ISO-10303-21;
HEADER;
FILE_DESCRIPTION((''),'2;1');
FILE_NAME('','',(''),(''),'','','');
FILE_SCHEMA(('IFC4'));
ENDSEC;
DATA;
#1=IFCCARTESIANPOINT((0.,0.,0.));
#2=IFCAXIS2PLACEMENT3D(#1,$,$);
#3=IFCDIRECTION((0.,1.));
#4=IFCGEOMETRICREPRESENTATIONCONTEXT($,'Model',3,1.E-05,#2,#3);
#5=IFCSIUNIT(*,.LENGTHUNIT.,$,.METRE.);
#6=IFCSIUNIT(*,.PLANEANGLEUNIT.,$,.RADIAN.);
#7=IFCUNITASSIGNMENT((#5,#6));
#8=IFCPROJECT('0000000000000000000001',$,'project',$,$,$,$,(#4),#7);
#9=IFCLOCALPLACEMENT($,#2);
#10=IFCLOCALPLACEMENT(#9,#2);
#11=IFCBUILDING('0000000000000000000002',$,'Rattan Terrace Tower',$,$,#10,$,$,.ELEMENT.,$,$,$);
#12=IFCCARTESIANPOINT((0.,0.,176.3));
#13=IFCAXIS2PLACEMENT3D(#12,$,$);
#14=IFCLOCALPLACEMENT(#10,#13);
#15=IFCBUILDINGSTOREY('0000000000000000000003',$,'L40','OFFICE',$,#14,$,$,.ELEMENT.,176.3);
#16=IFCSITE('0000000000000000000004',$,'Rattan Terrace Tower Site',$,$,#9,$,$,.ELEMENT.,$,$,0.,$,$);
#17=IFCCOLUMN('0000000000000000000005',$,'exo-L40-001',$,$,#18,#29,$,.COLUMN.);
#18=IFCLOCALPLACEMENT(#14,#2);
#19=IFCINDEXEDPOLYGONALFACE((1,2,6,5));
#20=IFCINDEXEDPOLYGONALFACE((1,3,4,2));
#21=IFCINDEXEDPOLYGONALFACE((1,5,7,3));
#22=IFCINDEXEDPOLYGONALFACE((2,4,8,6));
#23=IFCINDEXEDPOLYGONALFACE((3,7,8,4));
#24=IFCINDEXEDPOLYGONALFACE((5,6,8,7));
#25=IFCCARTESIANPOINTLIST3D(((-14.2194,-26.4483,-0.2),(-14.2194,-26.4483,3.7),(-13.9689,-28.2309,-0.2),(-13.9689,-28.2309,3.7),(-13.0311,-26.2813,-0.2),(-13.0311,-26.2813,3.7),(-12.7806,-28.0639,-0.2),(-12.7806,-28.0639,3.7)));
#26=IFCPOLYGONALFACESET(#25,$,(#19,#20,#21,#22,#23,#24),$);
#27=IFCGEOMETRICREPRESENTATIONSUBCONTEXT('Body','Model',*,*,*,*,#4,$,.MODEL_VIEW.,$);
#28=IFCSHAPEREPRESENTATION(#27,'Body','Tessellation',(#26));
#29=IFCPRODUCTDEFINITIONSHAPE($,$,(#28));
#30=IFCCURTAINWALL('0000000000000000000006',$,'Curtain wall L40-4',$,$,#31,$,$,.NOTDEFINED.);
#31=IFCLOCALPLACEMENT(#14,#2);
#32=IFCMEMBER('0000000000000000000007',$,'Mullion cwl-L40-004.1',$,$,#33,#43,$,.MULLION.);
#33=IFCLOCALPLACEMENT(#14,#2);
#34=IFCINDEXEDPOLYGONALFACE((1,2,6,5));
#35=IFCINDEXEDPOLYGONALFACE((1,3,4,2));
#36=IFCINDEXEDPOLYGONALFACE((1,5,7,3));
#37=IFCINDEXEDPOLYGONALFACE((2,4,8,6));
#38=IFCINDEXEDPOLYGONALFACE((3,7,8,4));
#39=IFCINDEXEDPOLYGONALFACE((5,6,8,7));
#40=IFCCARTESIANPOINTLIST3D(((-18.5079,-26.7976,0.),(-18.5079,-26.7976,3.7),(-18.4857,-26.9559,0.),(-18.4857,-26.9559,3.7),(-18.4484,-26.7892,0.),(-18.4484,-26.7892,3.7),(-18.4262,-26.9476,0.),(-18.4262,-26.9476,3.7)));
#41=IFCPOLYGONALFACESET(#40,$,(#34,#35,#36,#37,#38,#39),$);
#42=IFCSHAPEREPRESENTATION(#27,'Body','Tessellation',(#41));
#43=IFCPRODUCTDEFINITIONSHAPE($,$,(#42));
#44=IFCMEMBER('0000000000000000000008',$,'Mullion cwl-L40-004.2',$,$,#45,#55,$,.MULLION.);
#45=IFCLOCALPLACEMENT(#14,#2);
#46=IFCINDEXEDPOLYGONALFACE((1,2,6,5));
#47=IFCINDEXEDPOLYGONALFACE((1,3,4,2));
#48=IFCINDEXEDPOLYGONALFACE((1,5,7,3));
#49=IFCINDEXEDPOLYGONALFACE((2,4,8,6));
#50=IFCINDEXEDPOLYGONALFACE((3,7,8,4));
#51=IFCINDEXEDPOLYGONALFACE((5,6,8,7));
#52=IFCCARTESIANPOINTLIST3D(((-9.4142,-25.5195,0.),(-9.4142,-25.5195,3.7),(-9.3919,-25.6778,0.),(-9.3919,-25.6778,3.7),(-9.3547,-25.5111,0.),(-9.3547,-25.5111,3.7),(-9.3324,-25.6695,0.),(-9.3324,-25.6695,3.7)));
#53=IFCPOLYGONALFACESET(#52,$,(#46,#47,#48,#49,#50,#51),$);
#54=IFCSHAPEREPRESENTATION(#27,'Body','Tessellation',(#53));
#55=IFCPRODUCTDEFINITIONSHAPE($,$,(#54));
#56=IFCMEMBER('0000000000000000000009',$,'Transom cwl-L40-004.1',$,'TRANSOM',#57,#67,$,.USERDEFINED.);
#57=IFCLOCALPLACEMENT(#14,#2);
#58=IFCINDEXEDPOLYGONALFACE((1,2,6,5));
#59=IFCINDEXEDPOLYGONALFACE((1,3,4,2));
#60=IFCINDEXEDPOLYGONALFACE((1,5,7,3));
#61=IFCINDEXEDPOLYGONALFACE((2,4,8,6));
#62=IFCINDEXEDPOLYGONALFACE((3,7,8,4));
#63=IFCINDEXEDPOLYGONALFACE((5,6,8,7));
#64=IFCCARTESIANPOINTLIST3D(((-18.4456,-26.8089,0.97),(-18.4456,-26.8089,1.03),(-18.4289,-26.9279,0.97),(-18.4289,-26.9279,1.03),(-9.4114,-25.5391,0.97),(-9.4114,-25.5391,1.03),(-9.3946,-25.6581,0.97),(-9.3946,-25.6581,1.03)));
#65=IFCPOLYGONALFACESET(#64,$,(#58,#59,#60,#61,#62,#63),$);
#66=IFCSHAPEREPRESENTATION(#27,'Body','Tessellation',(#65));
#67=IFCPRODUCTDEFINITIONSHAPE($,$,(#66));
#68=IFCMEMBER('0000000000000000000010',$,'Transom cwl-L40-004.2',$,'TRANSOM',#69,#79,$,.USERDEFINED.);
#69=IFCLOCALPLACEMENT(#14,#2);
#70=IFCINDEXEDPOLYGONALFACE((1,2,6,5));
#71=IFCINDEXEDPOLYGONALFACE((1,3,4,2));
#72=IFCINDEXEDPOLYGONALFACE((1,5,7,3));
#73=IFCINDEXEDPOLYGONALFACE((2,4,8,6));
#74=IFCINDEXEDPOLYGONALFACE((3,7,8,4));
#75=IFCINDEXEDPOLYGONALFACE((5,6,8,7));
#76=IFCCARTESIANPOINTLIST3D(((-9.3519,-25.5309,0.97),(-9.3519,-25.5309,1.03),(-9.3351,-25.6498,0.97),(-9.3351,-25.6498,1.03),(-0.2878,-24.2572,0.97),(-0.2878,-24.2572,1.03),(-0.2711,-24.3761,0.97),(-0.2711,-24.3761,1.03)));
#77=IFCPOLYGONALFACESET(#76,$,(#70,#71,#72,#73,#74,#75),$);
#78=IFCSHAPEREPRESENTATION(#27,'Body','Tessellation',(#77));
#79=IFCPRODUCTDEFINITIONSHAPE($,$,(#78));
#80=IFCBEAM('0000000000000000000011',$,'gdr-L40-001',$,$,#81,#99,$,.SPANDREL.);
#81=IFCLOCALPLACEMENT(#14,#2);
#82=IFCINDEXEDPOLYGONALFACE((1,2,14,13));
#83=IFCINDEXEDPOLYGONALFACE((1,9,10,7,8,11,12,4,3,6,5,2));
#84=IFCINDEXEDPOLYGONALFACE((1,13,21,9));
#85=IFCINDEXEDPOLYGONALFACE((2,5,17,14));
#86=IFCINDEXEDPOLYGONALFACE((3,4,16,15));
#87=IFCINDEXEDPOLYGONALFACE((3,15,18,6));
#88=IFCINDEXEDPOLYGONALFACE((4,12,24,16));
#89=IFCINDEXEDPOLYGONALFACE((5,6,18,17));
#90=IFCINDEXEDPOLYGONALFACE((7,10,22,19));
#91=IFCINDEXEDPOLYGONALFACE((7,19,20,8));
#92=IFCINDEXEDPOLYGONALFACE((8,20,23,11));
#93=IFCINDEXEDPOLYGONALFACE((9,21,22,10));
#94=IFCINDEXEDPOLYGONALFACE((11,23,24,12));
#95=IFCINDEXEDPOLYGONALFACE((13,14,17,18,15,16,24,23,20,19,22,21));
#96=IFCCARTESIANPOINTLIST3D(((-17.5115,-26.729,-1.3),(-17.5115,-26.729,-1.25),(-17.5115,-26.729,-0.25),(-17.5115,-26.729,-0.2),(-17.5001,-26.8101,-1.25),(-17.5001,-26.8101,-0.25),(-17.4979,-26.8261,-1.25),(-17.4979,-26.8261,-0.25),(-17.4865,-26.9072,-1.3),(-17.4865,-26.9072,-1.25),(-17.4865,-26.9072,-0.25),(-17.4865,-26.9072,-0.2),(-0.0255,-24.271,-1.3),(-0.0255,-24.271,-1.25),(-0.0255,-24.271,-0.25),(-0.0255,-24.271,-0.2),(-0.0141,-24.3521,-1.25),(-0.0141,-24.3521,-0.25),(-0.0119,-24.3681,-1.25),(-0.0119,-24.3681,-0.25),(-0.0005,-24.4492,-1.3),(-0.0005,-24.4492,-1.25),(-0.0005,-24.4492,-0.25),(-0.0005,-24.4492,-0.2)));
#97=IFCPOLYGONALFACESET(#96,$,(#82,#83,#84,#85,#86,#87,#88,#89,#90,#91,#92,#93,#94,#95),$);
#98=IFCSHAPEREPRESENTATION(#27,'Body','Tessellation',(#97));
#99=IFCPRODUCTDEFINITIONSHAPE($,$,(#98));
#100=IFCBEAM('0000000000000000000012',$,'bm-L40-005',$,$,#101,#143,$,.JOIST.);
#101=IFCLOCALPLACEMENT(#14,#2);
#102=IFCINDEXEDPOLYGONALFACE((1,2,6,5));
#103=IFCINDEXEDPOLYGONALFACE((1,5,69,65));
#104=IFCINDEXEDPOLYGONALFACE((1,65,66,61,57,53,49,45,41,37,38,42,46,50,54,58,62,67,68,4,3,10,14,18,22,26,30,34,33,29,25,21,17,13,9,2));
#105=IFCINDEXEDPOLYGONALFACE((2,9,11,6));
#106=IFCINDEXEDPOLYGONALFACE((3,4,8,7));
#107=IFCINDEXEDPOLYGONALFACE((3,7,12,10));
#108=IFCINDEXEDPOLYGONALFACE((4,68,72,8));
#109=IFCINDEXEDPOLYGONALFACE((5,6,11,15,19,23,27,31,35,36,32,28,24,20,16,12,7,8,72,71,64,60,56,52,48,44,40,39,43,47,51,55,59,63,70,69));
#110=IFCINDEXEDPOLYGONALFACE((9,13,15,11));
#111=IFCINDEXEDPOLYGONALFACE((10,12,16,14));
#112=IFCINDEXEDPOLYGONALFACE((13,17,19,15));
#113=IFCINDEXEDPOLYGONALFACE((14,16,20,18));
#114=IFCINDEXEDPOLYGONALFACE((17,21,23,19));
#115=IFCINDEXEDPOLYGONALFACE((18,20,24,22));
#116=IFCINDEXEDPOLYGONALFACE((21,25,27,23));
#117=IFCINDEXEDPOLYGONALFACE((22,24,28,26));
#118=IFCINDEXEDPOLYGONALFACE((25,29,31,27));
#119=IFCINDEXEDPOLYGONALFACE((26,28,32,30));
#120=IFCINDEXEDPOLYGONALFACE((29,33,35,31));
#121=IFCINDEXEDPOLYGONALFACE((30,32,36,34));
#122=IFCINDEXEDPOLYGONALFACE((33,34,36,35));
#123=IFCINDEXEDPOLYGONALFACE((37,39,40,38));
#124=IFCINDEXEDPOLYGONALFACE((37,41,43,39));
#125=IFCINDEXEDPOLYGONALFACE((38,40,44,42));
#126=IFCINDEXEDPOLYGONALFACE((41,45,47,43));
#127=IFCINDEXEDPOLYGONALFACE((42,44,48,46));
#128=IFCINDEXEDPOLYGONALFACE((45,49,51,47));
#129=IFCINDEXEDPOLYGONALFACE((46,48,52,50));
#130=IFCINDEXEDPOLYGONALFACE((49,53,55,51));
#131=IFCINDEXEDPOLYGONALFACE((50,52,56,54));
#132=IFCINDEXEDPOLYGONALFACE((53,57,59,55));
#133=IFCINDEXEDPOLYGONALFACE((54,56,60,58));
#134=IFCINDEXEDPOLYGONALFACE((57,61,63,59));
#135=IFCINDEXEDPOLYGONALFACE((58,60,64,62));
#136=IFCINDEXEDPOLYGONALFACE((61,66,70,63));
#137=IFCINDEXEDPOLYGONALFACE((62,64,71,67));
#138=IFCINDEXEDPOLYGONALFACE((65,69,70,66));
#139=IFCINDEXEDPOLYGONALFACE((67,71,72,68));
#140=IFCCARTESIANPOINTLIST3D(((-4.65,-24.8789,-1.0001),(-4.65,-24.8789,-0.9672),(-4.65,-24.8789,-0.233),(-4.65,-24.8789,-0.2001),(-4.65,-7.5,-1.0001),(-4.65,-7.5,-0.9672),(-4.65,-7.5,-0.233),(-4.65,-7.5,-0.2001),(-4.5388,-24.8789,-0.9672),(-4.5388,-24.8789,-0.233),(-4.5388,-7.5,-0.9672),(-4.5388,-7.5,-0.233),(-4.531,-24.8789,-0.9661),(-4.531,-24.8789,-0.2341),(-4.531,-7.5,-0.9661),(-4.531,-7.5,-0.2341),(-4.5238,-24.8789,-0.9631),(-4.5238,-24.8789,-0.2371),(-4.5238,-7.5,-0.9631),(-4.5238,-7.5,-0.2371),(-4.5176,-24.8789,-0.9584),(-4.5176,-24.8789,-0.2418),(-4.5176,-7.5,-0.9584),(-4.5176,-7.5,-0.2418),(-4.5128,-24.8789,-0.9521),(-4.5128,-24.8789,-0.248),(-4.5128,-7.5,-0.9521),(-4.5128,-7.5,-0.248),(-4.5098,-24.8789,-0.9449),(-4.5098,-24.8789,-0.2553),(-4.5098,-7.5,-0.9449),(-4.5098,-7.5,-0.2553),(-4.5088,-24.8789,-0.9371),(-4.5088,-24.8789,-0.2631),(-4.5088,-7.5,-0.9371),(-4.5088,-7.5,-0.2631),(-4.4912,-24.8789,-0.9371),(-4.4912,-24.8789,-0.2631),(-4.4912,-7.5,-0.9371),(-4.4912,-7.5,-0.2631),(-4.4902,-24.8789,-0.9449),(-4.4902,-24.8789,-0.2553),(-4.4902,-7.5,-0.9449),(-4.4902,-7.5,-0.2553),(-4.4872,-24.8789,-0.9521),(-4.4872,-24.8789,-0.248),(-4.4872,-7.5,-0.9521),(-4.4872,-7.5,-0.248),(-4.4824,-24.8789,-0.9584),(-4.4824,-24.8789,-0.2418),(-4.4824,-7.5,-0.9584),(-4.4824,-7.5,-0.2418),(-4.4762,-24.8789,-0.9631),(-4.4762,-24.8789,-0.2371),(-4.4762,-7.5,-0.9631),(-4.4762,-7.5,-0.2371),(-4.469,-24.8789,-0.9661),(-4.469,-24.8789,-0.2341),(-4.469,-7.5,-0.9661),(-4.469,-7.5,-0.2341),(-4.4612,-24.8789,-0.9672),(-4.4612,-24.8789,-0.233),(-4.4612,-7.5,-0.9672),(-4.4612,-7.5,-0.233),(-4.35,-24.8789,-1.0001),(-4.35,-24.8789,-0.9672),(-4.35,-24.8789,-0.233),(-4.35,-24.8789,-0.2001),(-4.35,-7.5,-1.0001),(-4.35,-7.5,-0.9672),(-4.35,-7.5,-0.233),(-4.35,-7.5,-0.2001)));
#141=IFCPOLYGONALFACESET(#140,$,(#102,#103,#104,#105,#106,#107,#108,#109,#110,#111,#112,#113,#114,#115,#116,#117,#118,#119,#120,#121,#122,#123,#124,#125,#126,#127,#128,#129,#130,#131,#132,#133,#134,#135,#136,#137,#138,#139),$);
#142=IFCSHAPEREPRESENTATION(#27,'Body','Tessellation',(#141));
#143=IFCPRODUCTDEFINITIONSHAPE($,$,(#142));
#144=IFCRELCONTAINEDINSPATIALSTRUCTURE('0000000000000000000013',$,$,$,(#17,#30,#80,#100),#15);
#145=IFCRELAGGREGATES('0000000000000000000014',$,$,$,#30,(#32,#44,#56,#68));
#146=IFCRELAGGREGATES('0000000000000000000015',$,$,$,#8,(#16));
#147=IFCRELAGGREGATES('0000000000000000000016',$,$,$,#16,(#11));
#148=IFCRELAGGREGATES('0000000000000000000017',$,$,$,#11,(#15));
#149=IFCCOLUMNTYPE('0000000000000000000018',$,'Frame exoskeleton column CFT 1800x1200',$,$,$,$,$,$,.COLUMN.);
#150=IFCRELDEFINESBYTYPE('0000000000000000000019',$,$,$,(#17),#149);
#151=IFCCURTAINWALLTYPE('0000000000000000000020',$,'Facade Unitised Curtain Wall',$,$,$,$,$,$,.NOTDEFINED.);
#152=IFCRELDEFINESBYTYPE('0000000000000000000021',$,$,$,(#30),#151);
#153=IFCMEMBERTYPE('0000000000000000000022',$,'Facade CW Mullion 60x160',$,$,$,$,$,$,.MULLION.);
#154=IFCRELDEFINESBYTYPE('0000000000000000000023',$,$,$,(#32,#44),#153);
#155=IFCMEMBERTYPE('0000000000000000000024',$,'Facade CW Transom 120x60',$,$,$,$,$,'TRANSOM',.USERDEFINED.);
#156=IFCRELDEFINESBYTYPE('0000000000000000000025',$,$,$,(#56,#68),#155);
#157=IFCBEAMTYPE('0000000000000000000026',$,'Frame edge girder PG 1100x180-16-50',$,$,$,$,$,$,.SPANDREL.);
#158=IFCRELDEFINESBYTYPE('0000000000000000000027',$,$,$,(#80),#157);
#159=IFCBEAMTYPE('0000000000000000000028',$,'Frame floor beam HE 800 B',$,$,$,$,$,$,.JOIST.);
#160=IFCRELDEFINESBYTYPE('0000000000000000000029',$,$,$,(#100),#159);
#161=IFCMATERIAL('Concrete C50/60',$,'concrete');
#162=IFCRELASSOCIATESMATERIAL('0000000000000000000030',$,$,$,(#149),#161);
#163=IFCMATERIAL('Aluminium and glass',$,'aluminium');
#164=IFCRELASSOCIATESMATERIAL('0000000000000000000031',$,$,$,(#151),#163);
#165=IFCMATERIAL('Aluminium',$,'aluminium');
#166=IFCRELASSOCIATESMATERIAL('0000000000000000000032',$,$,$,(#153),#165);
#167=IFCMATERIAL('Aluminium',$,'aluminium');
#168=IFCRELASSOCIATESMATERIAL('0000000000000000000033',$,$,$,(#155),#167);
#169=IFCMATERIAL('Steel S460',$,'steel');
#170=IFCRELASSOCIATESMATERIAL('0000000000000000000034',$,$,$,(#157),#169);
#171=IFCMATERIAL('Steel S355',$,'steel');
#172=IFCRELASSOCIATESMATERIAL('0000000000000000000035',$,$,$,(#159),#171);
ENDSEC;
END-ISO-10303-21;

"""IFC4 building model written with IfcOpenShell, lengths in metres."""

from ifc_helpers import new_model, si_unit, direction, frame, origin, origin_2d, place, context, subcontext, project, spatial, rectangle, i_section, extrude, material, material_profile, profile_set, type_object, element, aggregate, save


model = new_model("IFC4")

# Units and contexts
model_context = context("Model", 3, precision=1e-05, world=origin(), true_north=direction((0.0, 1.0)))
body_context = subcontext(model_context, "Body", "Model", "MODEL_VIEW")
ifc_project = project(units=[si_unit("LENGTHUNIT", "METRE"), si_unit("PLANEANGLEUNIT", "RADIAN")], contexts=[model_context])

# Site, building, storey
site_placement = place(None, origin())
site = spatial("IfcSite", under=ifc_project, at=site_placement, Name="Rattan Terrace Tower Site", CompositionType="ELEMENT", RefElevation=0.0)
building_placement = place(site_placement, origin())
building = spatial("IfcBuilding", under=site, at=building_placement, Name="Rattan Terrace Tower", CompositionType="ELEMENT")
storey_placement = place(building_placement, frame((0.0, 0.0, 176.3)))
storey = spatial("IfcBuildingStorey", under=building, at=storey_placement, Name="L40", Description="OFFICE", CompositionType="ELEMENT", Elevation=176.3)

# Column
ifc_material_1 = material(Name="Concrete C50/60", Category="concrete")
ifc_material_profile_1 = material_profile(ifc_material_1, rectangle(XDim=1.2, YDim=1.8, at=origin_2d()), Name="CFT 1800x1200")
ifc_profile_set_1 = profile_set([ifc_material_profile_1], Name="Concrete C50/60")
column_type = type_object("IfcColumnType", Name="Frame exoskeleton column CFT 1800x1200", PredefinedType="COLUMN", material=ifc_profile_set_1)
column_placement = place(storey_placement, frame((-13.5, -27.2561, -0.2), z_axis=(0.0, 0.0, 1.0), x_axis=(0.99027, 0.139156, 0.0)))
element("IfcColumn", 1, at=column_placement, inside=storey, type_object=column_type, Name="exo-L40-001", PredefinedType="COLUMN", context=body_context, shape_type="SweptSolid", body=[
    extrude(rectangle(XDim=1.2, YDim=1.8, at=origin_2d()), origin(), (0.0, 0.0, 1.0), 3.8999),
])

# Curtain wall, members
ifc_material_2 = material(Name="Aluminium and glass", Category="aluminium")
curtain_wall_type = type_object("IfcCurtainWallType", Name="Facade Unitised Curtain Wall", PredefinedType="NOTDEFINED", material=ifc_material_2)
curtain_wall_placement = place(storey_placement, origin())
curtain_wall = element("IfcCurtainWall", 2, at=curtain_wall_placement, inside=storey, type_object=curtain_wall_type, Name="Curtain wall L40-4", PredefinedType="NOTDEFINED")
ifc_material_3 = material(Name="Aluminium", Category="aluminium")
ifc_material_profile_2 = material_profile(ifc_material_3, rectangle(XDim=0.0601, YDim=0.1599, at=origin_2d()), Name="Aluminium 60x160")
ifc_profile_set_2 = profile_set([ifc_material_profile_2], Name="Aluminium")
member_type_1 = type_object("IfcMemberType", Name="Facade CW Mullion 60x160", PredefinedType="MULLION", material=ifc_profile_set_2)
member_1_placement = place(storey_placement, frame((-18.467, -26.8726, 0.0), z_axis=(0.0, 0.0, 1.0), x_axis=(0.99027, 0.139161, 0.0)))
member_1 = element("IfcMember", 3, at=member_1_placement, type_object=member_type_1, Name="Mullion cwl-L40-004.1", PredefinedType="MULLION", context=body_context, shape_type="SweptSolid", body=[
    extrude(rectangle(XDim=0.0601, YDim=0.1599, at=origin_2d()), origin(), (0.0, 0.0, 1.0), 3.7),
])
member_2_placement = place(storey_placement, frame((-9.3733, -25.5945, 0.0), z_axis=(0.0, 0.0, 1.0), x_axis=(0.99027, 0.139161, 0.0)))
member_2 = element("IfcMember", 4, at=member_2_placement, type_object=member_type_1, Name="Mullion cwl-L40-004.2", PredefinedType="MULLION", context=body_context, shape_type="SweptSolid", body=[
    extrude(rectangle(XDim=0.0601, YDim=0.1599, at=origin_2d()), origin(), (0.0, 0.0, 1.0), 3.7),
])
ifc_material_4 = material(Name="Aluminium", Category="aluminium")
ifc_material_profile_3 = material_profile(ifc_material_4, rectangle(XDim=0.1201, YDim=0.0601, at=origin_2d()), Name="Aluminium 120x60")
ifc_profile_set_3 = profile_set([ifc_material_profile_3], Name="Aluminium")
member_type_2 = type_object("IfcMemberType", Name="Facade CW Transom 120x60", ElementType="TRANSOM", PredefinedType="USERDEFINED", material=ifc_profile_set_3)
member_3_placement = place(storey_placement, frame((-18.4373, -26.8684, 1.0), z_axis=(0.990266, 0.139184, 0.0), x_axis=(-0.139184, 0.990266, 0.0)))
member_3 = element("IfcMember", 5, at=member_3_placement, type_object=member_type_2, Name="Transom cwl-L40-004.1", ObjectType="TRANSOM", PredefinedType="USERDEFINED", context=body_context, shape_type="SweptSolid", body=[
    extrude(rectangle(XDim=0.1201, YDim=0.0601, at=origin_2d()), origin(), (0.0, 0.0, 1.0), 9.123),
])
member_4_placement = place(storey_placement, frame((-9.3435, -25.5903, 1.0), z_axis=(0.990271, 0.139154, 0.0), x_axis=(-0.139154, 0.990271, 0.0)))
member_4 = element("IfcMember", 6, at=member_4_placement, type_object=member_type_2, Name="Transom cwl-L40-004.2", ObjectType="TRANSOM", PredefinedType="USERDEFINED", context=body_context, shape_type="SweptSolid", body=[
    extrude(rectangle(XDim=0.1201, YDim=0.0601, at=origin_2d()), origin(), (0.0, 0.0, 1.0), 9.1531),
])

# Beams
ifc_material_5 = material(Name="Steel S460", Category="steel")
ifc_material_profile_4 = material_profile(ifc_material_5, i_section(OverallWidth=0.1799, OverallDepth=1.1001, WebThickness=0.0161, FlangeThickness=0.05, at=origin_2d()), Name="PG 1100x180-16-50")
ifc_profile_set_4 = profile_set([ifc_material_profile_4], Name="Steel S460")
beam_type_1 = type_object("IfcBeamType", Name="Frame edge girder PG 1100x180-16-50", PredefinedType="SPANDREL", material=ifc_profile_set_4)
beam_1_placement = place(storey_placement, frame((-17.499, -26.8181, -0.75), z_axis=(0.990264, 0.139201, 0.0), x_axis=(-0.139201, 0.990264, 0.0)))
element("IfcBeam", 7, at=beam_1_placement, inside=storey, type_object=beam_type_1, Name="gdr-L40-001", PredefinedType="SPANDREL", context=body_context, shape_type="SweptSolid", body=[
    extrude(i_section(OverallWidth=0.1799, OverallDepth=1.1001, WebThickness=0.0161, FlangeThickness=0.05, at=origin_2d()), origin(), (0.0, 0.0, 1.0), 17.658),
])
ifc_material_6 = material(Name="Steel S355", Category="steel")
ifc_material_profile_5 = material_profile(ifc_material_6, i_section(OverallWidth=0.3, OverallDepth=0.8, WebThickness=0.0176, FlangeThickness=0.033, FilletRadius=0.03, at=origin_2d()), Name="HE 800 B")
ifc_profile_set_5 = profile_set([ifc_material_profile_5], Name="Steel S355")
beam_type_2 = type_object("IfcBeamType", Name="Frame floor beam HE 800 B", PredefinedType="JOIST", material=ifc_profile_set_5)
beam_2_placement = place(storey_placement, frame((-4.5, -24.8789, -0.6001), z_axis=(0.0, 1.0, 0.0), x_axis=(-1.0, 0.0, 0.0)))
element("IfcBeam", 8, at=beam_2_placement, inside=storey, type_object=beam_type_2, Name="bm-L40-005", PredefinedType="JOIST", context=body_context, shape_type="SweptSolid", body=[
    extrude(i_section(OverallWidth=0.3, OverallDepth=0.8, WebThickness=0.0176, FlangeThickness=0.033, FilletRadius=0.03, at=origin_2d()), origin(), (0.0, 0.0, 1.0), 17.3789),
])

aggregate(curtain_wall, [member_1, member_2, member_3, member_4])

save(model, "model.ifc")
